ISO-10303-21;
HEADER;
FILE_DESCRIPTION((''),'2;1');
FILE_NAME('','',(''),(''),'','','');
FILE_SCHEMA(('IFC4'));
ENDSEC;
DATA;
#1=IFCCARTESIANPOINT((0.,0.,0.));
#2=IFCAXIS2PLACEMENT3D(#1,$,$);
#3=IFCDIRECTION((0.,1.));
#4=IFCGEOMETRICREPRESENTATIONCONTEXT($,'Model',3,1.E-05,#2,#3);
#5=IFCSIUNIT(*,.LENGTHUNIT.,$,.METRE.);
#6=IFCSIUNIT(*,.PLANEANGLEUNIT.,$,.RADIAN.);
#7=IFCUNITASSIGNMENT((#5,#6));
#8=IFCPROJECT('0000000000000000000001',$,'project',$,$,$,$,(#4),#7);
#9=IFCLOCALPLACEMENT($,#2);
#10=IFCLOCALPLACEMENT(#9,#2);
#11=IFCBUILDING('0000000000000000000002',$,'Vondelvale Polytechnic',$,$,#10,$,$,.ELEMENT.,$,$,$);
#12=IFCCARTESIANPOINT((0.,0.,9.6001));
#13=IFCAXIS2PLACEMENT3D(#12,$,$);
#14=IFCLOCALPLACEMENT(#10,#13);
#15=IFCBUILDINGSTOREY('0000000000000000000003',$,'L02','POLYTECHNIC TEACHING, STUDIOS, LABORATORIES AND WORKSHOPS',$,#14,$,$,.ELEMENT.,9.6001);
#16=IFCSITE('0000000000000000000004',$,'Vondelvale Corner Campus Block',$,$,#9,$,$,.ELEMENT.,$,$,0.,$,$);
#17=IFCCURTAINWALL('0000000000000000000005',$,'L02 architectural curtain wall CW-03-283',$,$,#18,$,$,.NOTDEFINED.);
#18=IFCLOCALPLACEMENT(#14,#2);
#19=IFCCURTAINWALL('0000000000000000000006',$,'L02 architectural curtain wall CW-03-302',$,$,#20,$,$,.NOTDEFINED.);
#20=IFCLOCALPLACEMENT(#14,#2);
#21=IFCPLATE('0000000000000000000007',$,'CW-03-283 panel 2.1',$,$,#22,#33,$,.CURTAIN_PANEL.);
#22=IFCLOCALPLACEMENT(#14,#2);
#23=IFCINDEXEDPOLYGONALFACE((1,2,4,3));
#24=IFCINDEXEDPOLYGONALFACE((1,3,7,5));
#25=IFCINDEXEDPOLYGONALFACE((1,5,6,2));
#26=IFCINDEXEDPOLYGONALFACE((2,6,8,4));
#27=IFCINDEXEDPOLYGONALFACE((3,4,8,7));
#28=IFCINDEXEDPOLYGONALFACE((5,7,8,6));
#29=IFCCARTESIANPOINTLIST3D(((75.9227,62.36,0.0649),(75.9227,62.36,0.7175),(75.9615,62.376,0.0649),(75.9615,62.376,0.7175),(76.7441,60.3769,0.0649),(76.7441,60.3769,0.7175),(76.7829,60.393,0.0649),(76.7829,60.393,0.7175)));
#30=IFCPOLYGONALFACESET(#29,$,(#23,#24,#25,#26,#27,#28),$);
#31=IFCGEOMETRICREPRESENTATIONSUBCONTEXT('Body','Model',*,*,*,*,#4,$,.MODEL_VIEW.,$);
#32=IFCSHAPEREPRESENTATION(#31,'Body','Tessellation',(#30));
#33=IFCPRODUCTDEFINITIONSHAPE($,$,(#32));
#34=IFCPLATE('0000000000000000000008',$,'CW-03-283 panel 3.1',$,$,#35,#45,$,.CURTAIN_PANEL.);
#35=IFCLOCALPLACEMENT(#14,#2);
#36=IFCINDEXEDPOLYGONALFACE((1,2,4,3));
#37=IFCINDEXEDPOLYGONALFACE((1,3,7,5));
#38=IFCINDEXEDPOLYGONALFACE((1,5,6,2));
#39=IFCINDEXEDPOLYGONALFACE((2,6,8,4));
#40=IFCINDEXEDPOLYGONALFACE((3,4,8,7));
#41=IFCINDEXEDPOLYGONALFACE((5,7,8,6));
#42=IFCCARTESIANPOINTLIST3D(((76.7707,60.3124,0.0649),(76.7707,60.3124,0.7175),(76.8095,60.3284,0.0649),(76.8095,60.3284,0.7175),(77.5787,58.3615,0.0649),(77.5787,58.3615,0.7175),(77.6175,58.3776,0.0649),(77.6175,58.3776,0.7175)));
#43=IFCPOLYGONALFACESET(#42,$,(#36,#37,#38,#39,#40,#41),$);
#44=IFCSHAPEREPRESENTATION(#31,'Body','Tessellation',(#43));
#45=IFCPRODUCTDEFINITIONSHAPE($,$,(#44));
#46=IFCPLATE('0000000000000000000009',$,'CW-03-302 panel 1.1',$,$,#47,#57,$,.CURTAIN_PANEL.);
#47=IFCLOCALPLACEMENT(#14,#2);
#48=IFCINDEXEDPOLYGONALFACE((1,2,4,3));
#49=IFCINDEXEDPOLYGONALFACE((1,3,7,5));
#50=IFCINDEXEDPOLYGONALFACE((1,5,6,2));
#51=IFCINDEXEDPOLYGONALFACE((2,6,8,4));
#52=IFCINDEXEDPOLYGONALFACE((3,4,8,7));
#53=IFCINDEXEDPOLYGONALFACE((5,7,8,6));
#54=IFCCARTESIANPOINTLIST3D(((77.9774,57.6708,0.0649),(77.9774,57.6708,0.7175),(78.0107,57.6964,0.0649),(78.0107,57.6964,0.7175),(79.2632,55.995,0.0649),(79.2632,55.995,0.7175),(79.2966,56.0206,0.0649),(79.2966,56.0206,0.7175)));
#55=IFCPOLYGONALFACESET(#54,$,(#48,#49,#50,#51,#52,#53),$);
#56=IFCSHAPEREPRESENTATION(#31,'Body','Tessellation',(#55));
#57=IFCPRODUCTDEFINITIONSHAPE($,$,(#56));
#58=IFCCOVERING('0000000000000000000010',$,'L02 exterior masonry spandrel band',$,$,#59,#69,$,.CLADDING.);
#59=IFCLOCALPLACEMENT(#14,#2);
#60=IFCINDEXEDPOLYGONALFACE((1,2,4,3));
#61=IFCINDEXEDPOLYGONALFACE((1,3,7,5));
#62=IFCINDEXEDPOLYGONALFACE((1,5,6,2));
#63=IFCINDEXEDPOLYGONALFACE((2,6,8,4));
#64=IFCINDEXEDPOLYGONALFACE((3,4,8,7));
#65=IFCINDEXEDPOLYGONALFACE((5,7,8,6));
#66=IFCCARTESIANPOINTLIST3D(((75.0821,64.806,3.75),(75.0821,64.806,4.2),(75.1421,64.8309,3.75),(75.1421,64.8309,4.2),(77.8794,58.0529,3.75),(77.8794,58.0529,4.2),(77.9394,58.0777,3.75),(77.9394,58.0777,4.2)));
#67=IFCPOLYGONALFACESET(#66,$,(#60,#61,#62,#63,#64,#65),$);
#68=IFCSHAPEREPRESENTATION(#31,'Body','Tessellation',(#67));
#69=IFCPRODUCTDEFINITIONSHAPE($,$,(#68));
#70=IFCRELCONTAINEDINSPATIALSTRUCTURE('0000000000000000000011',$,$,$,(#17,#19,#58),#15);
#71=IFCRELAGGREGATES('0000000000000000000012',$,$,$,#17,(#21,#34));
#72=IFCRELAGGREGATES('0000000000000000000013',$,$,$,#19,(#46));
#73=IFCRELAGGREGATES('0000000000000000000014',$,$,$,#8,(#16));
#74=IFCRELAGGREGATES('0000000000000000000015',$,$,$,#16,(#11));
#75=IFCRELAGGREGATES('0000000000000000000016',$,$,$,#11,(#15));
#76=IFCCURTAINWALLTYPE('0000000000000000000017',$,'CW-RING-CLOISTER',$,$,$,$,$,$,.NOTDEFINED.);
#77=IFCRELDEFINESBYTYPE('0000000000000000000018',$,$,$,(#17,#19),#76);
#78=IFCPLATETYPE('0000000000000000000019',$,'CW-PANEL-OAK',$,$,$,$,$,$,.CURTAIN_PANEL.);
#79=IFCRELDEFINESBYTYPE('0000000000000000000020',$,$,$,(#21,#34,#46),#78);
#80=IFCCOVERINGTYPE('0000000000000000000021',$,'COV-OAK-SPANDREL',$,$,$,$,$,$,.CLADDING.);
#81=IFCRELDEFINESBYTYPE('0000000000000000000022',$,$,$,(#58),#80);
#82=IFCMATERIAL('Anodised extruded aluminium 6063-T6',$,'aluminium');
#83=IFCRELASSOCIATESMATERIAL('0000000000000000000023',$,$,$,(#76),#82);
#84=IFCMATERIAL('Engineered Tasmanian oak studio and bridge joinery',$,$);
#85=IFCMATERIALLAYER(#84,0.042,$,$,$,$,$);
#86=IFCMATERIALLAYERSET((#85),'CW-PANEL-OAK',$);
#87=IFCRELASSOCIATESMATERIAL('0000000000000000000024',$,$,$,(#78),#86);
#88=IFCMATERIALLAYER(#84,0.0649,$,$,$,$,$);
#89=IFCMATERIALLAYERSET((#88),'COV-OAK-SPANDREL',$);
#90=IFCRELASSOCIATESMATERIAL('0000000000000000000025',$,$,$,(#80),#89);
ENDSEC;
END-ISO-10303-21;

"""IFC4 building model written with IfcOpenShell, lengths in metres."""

from ifc_helpers import new_model, si_unit, direction, frame, origin, origin_2d, place, context, subcontext, project, spatial, rectangle, extrude, material, layer, layer_set, type_object, element, aggregate, save


model = new_model("IFC4")

# Units and contexts
model_context = context("Model", 3, precision=1e-05, world=origin(), true_north=direction((0.0, 1.0)))
body_context = subcontext(model_context, "Body", "Model", "MODEL_VIEW")
ifc_project = project(units=[si_unit("LENGTHUNIT", "METRE"), si_unit("PLANEANGLEUNIT", "RADIAN")], contexts=[model_context])

# Site, building, storey
site_placement = place(None, origin())
site = spatial("IfcSite", under=ifc_project, at=site_placement, Name="Vondelvale Corner Campus Block", CompositionType="ELEMENT", RefElevation=0.0)
building_placement = place(site_placement, origin())
building = spatial("IfcBuilding", under=site, at=building_placement, Name="Vondelvale Polytechnic", CompositionType="ELEMENT")
storey_placement = place(building_placement, frame((0.0, 0.0, 9.6001)))
storey = spatial("IfcBuildingStorey", under=building, at=storey_placement, Name="L02", Description="POLYTECHNIC TEACHING, STUDIOS, LABORATORIES AND WORKSHOPS", CompositionType="ELEMENT", Elevation=9.6001)

# Curtain wall
ifc_material_1 = material(Name="Anodised extruded aluminium 6063-T6", Category="aluminium")
curtain_wall_type = type_object("IfcCurtainWallType", Name="CW-RING-CLOISTER", PredefinedType="NOTDEFINED", material=ifc_material_1)
curtain_wall_1_placement = place(storey_placement, origin())
curtain_wall_1 = element("IfcCurtainWall", 1, at=curtain_wall_1_placement, inside=storey, type_object=curtain_wall_type, Name="L02 architectural curtain wall CW-03-283", PredefinedType="NOTDEFINED")

# Curtain wall
curtain_wall_2_placement = place(storey_placement, origin())
curtain_wall_2 = element("IfcCurtainWall", 2, at=curtain_wall_2_placement, inside=storey, type_object=curtain_wall_type, Name="L02 architectural curtain wall CW-03-302", PredefinedType="NOTDEFINED")

# Plates
ifc_material_2 = material(Name="Engineered Tasmanian oak studio and bridge joinery")
ifc_layer_1 = layer(ifc_material_2, 0.042)
ifc_layer_set_1 = layer_set([ifc_layer_1], Name="CW-PANEL-OAK")
plate_type_1 = type_object("IfcPlateType", Name="CW-PANEL-OAK", PredefinedType="CURTAIN_PANEL", material=ifc_layer_set_1)
plate_1_placement = place(storey_placement, frame((76.3528, 61.3765, 0.0649), z_axis=(0.0, 0.0, 1.0), x_axis=(0.382679, -0.923882, 0.0)))
plate_1 = element("IfcPlate", 3, at=plate_1_placement, type_object=plate_type_1, Name="CW-03-283 panel 2.1", PredefinedType="CURTAIN_PANEL", context=body_context, shape_type="SweptSolid", body=[
    extrude(rectangle(XDim=2.1465, YDim=0.042, at=origin_2d()), origin(), (0.0, 0.0, 1.0), 0.6526),
])
plate_2_placement = place(storey_placement, frame((77.1941, 59.345, 0.0649), z_axis=(0.0, 0.0, 1.0), x_axis=(0.382679, -0.923882, 0.0)))
plate_2 = element("IfcPlate", 4, at=plate_2_placement, type_object=plate_type_1, Name="CW-03-283 panel 3.1", PredefinedType="CURTAIN_PANEL", context=body_context, shape_type="SweptSolid", body=[
    extrude(rectangle(XDim=2.1116, YDim=0.042, at=origin_2d()), origin(), (0.0, 0.0, 1.0), 0.6526),
])
aggregate(curtain_wall_1, [plate_1, plate_2])
plate_3_placement = place(storey_placement, frame((78.637, 56.8457, 0.0649), z_axis=(0.0, 0.0, 1.0), x_axis=(0.608748, -0.793364, 0.0)))
plate_3 = element("IfcPlate", 5, at=plate_3_placement, type_object=plate_type_1, Name="CW-03-302 panel 1.1", PredefinedType="CURTAIN_PANEL", context=body_context, shape_type="SweptSolid", body=[
    extrude(rectangle(XDim=2.1123, YDim=0.042, at=origin_2d()), origin(), (0.0, 0.0, 1.0), 0.6526),
])
aggregate(curtain_wall_2, [plate_3])

# Covering
ifc_layer_2 = layer(ifc_material_2, 0.0649)
ifc_layer_set_2 = layer_set([ifc_layer_2], Name="COV-OAK-SPANDREL")
covering_type = type_object("IfcCoveringType", Name="COV-OAK-SPANDREL", PredefinedType="CLADDING", material=ifc_layer_set_2)
covering_placement = place(storey_placement, frame((76.5107, 61.4419, 3.75), z_axis=(0.0, 0.0, 1.0), x_axis=(0.382683, -0.92388, 0.0)))
element("IfcCovering", 6, at=covering_placement, inside=storey, type_object=covering_type, Name="L02 exterior masonry spandrel band", PredefinedType="CLADDING", context=body_context, shape_type="SweptSolid", body=[
    extrude(rectangle(XDim=7.3096, YDim=0.0649, at=origin_2d()), origin(), (0.0, 0.0, 1.0), 0.45),
])

save(model, "model.ifc")
